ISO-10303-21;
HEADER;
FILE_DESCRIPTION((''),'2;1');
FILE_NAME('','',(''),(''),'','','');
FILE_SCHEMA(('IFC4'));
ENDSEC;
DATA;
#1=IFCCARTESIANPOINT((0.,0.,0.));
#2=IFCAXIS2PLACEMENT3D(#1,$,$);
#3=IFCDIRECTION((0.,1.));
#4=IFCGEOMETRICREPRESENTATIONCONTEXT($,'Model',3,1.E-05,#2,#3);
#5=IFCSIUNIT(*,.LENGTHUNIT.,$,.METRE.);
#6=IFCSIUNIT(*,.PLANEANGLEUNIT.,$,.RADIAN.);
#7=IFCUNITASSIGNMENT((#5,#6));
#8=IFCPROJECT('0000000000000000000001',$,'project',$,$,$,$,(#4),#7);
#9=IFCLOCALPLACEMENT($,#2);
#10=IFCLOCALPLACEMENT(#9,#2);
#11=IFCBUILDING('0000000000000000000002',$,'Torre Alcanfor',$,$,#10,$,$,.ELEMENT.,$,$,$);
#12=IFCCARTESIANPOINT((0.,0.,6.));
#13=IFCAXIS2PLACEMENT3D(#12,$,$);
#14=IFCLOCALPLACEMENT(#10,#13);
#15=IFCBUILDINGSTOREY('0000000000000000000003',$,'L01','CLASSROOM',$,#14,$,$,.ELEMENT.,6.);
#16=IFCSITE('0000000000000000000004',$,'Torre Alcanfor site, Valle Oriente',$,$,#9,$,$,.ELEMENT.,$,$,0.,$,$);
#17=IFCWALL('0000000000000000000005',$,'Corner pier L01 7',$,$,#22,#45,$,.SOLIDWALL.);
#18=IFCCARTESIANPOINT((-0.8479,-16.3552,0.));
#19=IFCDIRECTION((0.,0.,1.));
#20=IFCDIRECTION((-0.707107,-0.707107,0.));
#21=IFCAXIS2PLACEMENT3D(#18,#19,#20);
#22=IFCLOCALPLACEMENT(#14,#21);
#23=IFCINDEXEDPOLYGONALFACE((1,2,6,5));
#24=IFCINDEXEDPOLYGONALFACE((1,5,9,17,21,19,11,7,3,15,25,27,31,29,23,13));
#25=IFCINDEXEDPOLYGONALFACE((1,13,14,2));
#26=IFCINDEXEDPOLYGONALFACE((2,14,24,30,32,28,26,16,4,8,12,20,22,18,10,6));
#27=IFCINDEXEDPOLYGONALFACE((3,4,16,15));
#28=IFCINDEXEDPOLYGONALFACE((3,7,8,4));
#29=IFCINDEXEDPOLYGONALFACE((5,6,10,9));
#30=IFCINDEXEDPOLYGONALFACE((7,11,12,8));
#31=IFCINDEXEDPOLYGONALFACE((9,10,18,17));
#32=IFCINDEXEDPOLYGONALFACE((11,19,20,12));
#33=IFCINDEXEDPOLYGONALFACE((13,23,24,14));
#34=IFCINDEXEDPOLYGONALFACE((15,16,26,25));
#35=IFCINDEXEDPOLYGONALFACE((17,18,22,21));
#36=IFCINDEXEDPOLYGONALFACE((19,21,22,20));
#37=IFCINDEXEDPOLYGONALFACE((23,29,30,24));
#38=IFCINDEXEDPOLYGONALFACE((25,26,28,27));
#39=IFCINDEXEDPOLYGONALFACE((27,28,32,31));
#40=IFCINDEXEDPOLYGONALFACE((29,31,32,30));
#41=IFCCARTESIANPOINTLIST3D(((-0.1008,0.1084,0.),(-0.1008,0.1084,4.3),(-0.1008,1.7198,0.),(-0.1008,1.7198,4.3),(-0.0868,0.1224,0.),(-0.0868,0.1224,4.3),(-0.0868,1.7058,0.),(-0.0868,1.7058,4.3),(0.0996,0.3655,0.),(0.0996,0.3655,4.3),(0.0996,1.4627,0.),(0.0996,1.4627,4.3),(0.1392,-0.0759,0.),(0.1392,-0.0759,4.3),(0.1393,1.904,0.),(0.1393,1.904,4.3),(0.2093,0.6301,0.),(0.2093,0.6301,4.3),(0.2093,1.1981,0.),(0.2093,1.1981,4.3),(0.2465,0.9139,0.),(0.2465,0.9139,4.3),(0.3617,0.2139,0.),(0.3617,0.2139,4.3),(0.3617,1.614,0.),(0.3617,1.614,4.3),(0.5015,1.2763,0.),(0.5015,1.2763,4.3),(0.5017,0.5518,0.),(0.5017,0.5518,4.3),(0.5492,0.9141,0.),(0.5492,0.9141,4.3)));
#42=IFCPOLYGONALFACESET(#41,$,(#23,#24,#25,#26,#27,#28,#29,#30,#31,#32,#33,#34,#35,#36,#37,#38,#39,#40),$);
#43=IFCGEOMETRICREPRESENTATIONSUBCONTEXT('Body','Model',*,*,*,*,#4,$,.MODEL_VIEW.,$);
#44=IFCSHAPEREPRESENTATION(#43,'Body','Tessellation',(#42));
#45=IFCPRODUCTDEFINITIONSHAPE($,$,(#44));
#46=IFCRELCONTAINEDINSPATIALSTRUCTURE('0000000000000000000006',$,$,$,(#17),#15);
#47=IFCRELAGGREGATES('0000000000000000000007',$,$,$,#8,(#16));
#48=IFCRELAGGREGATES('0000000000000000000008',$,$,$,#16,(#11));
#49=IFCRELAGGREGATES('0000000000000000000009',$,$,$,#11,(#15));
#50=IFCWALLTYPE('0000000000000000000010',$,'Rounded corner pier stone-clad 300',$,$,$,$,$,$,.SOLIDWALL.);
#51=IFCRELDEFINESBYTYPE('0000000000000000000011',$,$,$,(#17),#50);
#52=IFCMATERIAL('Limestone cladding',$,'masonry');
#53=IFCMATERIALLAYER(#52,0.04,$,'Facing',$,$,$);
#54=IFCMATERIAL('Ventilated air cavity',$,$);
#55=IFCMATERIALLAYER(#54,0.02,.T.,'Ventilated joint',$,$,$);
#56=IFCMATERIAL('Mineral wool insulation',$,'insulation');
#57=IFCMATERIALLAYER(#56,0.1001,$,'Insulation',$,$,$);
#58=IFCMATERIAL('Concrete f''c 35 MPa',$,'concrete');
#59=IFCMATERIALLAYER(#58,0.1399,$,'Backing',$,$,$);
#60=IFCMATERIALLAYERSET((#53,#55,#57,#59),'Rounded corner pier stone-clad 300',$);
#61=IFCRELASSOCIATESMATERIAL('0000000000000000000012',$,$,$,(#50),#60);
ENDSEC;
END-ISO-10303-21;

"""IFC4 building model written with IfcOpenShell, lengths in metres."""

from ifc_helpers import new_model, si_unit, direction, frame, origin, place, context, subcontext, project, spatial, polyline, outline, extrude, material, layer, layer_set, type_object, element, save


model = new_model("IFC4")

# Units and contexts
model_context = context("Model", 3, precision=1e-05, world=origin(), true_north=direction((0.0, 1.0)))
body_context = subcontext(model_context, "Body", "Model", "MODEL_VIEW")
ifc_project = project(units=[si_unit("LENGTHUNIT", "METRE"), si_unit("PLANEANGLEUNIT", "RADIAN")], contexts=[model_context])

# Site, building, storey
site_placement = place(None, origin())
site = spatial("IfcSite", under=ifc_project, at=site_placement, Name="Torre Alcanfor site, Valle Oriente", CompositionType="ELEMENT", RefElevation=0.0)
building_placement = place(site_placement, origin())
building = spatial("IfcBuilding", under=site, at=building_placement, Name="Torre Alcanfor", CompositionType="ELEMENT")
storey_placement = place(building_placement, frame((0.0, 0.0, 6.0)))
storey = spatial("IfcBuildingStorey", under=building, at=storey_placement, Name="L01", Description="CLASSROOM", CompositionType="ELEMENT", Elevation=6.0)

# Wall
ifc_material_1 = material(Name="Limestone cladding", Category="masonry")
ifc_layer_1 = layer(ifc_material_1, 0.04, Name="Facing")
ifc_material_2 = material(Name="Ventilated air cavity")
ifc_layer_2 = layer(ifc_material_2, 0.02, ventilated=True, Name="Ventilated joint")
ifc_material_3 = material(Name="Mineral wool insulation", Category="insulation")
ifc_layer_3 = layer(ifc_material_3, 0.1001, Name="Insulation")
ifc_material_4 = material(Name="Concrete f'c 35 MPa", Category="concrete")
ifc_layer_4 = layer(ifc_material_4, 0.1399, Name="Backing")
ifc_layer_set_1 = layer_set([ifc_layer_1, ifc_layer_2, ifc_layer_3, ifc_layer_4], Name="Rounded corner pier stone-clad 300")
wall_type_1 = type_object("IfcWallType", Name="Rounded corner pier stone-clad 300", PredefinedType="SOLIDWALL", material=ifc_layer_set_1)
wall_1_placement = place(storey_placement, frame((-0.8479, -16.3552, 0.0), z_axis=(0.0, 0.0, 1.0), x_axis=(-0.707107, -0.707107, 0.0)))
element("IfcWall", 1, at=wall_1_placement, inside=storey, type_object=wall_type_1, Name="Corner pier L01 7", PredefinedType="SOLIDWALL", context=body_context, shape_type="SweptSolid", body=[
    extrude(outline(polyline([(0.1393, 1.904), (-0.1008, 1.7198), (-0.0868, 1.7058), (0.0996, 1.4627), (0.2093, 1.1981), (0.2465, 0.9139), (0.2093, 0.6301), (0.0996, 0.3655), (-0.0868, 0.1224), (-0.1008, 0.1084), (0.1392, -0.0759), (0.3617, 0.2139), (0.5017, 0.5518), (0.5492, 0.9141), (0.5015, 1.2763), (0.3617, 1.614), (0.1393, 1.904)])), origin(), (0.0, 0.0, 1.0), 4.3),
])

save(model, "model.ifc")
